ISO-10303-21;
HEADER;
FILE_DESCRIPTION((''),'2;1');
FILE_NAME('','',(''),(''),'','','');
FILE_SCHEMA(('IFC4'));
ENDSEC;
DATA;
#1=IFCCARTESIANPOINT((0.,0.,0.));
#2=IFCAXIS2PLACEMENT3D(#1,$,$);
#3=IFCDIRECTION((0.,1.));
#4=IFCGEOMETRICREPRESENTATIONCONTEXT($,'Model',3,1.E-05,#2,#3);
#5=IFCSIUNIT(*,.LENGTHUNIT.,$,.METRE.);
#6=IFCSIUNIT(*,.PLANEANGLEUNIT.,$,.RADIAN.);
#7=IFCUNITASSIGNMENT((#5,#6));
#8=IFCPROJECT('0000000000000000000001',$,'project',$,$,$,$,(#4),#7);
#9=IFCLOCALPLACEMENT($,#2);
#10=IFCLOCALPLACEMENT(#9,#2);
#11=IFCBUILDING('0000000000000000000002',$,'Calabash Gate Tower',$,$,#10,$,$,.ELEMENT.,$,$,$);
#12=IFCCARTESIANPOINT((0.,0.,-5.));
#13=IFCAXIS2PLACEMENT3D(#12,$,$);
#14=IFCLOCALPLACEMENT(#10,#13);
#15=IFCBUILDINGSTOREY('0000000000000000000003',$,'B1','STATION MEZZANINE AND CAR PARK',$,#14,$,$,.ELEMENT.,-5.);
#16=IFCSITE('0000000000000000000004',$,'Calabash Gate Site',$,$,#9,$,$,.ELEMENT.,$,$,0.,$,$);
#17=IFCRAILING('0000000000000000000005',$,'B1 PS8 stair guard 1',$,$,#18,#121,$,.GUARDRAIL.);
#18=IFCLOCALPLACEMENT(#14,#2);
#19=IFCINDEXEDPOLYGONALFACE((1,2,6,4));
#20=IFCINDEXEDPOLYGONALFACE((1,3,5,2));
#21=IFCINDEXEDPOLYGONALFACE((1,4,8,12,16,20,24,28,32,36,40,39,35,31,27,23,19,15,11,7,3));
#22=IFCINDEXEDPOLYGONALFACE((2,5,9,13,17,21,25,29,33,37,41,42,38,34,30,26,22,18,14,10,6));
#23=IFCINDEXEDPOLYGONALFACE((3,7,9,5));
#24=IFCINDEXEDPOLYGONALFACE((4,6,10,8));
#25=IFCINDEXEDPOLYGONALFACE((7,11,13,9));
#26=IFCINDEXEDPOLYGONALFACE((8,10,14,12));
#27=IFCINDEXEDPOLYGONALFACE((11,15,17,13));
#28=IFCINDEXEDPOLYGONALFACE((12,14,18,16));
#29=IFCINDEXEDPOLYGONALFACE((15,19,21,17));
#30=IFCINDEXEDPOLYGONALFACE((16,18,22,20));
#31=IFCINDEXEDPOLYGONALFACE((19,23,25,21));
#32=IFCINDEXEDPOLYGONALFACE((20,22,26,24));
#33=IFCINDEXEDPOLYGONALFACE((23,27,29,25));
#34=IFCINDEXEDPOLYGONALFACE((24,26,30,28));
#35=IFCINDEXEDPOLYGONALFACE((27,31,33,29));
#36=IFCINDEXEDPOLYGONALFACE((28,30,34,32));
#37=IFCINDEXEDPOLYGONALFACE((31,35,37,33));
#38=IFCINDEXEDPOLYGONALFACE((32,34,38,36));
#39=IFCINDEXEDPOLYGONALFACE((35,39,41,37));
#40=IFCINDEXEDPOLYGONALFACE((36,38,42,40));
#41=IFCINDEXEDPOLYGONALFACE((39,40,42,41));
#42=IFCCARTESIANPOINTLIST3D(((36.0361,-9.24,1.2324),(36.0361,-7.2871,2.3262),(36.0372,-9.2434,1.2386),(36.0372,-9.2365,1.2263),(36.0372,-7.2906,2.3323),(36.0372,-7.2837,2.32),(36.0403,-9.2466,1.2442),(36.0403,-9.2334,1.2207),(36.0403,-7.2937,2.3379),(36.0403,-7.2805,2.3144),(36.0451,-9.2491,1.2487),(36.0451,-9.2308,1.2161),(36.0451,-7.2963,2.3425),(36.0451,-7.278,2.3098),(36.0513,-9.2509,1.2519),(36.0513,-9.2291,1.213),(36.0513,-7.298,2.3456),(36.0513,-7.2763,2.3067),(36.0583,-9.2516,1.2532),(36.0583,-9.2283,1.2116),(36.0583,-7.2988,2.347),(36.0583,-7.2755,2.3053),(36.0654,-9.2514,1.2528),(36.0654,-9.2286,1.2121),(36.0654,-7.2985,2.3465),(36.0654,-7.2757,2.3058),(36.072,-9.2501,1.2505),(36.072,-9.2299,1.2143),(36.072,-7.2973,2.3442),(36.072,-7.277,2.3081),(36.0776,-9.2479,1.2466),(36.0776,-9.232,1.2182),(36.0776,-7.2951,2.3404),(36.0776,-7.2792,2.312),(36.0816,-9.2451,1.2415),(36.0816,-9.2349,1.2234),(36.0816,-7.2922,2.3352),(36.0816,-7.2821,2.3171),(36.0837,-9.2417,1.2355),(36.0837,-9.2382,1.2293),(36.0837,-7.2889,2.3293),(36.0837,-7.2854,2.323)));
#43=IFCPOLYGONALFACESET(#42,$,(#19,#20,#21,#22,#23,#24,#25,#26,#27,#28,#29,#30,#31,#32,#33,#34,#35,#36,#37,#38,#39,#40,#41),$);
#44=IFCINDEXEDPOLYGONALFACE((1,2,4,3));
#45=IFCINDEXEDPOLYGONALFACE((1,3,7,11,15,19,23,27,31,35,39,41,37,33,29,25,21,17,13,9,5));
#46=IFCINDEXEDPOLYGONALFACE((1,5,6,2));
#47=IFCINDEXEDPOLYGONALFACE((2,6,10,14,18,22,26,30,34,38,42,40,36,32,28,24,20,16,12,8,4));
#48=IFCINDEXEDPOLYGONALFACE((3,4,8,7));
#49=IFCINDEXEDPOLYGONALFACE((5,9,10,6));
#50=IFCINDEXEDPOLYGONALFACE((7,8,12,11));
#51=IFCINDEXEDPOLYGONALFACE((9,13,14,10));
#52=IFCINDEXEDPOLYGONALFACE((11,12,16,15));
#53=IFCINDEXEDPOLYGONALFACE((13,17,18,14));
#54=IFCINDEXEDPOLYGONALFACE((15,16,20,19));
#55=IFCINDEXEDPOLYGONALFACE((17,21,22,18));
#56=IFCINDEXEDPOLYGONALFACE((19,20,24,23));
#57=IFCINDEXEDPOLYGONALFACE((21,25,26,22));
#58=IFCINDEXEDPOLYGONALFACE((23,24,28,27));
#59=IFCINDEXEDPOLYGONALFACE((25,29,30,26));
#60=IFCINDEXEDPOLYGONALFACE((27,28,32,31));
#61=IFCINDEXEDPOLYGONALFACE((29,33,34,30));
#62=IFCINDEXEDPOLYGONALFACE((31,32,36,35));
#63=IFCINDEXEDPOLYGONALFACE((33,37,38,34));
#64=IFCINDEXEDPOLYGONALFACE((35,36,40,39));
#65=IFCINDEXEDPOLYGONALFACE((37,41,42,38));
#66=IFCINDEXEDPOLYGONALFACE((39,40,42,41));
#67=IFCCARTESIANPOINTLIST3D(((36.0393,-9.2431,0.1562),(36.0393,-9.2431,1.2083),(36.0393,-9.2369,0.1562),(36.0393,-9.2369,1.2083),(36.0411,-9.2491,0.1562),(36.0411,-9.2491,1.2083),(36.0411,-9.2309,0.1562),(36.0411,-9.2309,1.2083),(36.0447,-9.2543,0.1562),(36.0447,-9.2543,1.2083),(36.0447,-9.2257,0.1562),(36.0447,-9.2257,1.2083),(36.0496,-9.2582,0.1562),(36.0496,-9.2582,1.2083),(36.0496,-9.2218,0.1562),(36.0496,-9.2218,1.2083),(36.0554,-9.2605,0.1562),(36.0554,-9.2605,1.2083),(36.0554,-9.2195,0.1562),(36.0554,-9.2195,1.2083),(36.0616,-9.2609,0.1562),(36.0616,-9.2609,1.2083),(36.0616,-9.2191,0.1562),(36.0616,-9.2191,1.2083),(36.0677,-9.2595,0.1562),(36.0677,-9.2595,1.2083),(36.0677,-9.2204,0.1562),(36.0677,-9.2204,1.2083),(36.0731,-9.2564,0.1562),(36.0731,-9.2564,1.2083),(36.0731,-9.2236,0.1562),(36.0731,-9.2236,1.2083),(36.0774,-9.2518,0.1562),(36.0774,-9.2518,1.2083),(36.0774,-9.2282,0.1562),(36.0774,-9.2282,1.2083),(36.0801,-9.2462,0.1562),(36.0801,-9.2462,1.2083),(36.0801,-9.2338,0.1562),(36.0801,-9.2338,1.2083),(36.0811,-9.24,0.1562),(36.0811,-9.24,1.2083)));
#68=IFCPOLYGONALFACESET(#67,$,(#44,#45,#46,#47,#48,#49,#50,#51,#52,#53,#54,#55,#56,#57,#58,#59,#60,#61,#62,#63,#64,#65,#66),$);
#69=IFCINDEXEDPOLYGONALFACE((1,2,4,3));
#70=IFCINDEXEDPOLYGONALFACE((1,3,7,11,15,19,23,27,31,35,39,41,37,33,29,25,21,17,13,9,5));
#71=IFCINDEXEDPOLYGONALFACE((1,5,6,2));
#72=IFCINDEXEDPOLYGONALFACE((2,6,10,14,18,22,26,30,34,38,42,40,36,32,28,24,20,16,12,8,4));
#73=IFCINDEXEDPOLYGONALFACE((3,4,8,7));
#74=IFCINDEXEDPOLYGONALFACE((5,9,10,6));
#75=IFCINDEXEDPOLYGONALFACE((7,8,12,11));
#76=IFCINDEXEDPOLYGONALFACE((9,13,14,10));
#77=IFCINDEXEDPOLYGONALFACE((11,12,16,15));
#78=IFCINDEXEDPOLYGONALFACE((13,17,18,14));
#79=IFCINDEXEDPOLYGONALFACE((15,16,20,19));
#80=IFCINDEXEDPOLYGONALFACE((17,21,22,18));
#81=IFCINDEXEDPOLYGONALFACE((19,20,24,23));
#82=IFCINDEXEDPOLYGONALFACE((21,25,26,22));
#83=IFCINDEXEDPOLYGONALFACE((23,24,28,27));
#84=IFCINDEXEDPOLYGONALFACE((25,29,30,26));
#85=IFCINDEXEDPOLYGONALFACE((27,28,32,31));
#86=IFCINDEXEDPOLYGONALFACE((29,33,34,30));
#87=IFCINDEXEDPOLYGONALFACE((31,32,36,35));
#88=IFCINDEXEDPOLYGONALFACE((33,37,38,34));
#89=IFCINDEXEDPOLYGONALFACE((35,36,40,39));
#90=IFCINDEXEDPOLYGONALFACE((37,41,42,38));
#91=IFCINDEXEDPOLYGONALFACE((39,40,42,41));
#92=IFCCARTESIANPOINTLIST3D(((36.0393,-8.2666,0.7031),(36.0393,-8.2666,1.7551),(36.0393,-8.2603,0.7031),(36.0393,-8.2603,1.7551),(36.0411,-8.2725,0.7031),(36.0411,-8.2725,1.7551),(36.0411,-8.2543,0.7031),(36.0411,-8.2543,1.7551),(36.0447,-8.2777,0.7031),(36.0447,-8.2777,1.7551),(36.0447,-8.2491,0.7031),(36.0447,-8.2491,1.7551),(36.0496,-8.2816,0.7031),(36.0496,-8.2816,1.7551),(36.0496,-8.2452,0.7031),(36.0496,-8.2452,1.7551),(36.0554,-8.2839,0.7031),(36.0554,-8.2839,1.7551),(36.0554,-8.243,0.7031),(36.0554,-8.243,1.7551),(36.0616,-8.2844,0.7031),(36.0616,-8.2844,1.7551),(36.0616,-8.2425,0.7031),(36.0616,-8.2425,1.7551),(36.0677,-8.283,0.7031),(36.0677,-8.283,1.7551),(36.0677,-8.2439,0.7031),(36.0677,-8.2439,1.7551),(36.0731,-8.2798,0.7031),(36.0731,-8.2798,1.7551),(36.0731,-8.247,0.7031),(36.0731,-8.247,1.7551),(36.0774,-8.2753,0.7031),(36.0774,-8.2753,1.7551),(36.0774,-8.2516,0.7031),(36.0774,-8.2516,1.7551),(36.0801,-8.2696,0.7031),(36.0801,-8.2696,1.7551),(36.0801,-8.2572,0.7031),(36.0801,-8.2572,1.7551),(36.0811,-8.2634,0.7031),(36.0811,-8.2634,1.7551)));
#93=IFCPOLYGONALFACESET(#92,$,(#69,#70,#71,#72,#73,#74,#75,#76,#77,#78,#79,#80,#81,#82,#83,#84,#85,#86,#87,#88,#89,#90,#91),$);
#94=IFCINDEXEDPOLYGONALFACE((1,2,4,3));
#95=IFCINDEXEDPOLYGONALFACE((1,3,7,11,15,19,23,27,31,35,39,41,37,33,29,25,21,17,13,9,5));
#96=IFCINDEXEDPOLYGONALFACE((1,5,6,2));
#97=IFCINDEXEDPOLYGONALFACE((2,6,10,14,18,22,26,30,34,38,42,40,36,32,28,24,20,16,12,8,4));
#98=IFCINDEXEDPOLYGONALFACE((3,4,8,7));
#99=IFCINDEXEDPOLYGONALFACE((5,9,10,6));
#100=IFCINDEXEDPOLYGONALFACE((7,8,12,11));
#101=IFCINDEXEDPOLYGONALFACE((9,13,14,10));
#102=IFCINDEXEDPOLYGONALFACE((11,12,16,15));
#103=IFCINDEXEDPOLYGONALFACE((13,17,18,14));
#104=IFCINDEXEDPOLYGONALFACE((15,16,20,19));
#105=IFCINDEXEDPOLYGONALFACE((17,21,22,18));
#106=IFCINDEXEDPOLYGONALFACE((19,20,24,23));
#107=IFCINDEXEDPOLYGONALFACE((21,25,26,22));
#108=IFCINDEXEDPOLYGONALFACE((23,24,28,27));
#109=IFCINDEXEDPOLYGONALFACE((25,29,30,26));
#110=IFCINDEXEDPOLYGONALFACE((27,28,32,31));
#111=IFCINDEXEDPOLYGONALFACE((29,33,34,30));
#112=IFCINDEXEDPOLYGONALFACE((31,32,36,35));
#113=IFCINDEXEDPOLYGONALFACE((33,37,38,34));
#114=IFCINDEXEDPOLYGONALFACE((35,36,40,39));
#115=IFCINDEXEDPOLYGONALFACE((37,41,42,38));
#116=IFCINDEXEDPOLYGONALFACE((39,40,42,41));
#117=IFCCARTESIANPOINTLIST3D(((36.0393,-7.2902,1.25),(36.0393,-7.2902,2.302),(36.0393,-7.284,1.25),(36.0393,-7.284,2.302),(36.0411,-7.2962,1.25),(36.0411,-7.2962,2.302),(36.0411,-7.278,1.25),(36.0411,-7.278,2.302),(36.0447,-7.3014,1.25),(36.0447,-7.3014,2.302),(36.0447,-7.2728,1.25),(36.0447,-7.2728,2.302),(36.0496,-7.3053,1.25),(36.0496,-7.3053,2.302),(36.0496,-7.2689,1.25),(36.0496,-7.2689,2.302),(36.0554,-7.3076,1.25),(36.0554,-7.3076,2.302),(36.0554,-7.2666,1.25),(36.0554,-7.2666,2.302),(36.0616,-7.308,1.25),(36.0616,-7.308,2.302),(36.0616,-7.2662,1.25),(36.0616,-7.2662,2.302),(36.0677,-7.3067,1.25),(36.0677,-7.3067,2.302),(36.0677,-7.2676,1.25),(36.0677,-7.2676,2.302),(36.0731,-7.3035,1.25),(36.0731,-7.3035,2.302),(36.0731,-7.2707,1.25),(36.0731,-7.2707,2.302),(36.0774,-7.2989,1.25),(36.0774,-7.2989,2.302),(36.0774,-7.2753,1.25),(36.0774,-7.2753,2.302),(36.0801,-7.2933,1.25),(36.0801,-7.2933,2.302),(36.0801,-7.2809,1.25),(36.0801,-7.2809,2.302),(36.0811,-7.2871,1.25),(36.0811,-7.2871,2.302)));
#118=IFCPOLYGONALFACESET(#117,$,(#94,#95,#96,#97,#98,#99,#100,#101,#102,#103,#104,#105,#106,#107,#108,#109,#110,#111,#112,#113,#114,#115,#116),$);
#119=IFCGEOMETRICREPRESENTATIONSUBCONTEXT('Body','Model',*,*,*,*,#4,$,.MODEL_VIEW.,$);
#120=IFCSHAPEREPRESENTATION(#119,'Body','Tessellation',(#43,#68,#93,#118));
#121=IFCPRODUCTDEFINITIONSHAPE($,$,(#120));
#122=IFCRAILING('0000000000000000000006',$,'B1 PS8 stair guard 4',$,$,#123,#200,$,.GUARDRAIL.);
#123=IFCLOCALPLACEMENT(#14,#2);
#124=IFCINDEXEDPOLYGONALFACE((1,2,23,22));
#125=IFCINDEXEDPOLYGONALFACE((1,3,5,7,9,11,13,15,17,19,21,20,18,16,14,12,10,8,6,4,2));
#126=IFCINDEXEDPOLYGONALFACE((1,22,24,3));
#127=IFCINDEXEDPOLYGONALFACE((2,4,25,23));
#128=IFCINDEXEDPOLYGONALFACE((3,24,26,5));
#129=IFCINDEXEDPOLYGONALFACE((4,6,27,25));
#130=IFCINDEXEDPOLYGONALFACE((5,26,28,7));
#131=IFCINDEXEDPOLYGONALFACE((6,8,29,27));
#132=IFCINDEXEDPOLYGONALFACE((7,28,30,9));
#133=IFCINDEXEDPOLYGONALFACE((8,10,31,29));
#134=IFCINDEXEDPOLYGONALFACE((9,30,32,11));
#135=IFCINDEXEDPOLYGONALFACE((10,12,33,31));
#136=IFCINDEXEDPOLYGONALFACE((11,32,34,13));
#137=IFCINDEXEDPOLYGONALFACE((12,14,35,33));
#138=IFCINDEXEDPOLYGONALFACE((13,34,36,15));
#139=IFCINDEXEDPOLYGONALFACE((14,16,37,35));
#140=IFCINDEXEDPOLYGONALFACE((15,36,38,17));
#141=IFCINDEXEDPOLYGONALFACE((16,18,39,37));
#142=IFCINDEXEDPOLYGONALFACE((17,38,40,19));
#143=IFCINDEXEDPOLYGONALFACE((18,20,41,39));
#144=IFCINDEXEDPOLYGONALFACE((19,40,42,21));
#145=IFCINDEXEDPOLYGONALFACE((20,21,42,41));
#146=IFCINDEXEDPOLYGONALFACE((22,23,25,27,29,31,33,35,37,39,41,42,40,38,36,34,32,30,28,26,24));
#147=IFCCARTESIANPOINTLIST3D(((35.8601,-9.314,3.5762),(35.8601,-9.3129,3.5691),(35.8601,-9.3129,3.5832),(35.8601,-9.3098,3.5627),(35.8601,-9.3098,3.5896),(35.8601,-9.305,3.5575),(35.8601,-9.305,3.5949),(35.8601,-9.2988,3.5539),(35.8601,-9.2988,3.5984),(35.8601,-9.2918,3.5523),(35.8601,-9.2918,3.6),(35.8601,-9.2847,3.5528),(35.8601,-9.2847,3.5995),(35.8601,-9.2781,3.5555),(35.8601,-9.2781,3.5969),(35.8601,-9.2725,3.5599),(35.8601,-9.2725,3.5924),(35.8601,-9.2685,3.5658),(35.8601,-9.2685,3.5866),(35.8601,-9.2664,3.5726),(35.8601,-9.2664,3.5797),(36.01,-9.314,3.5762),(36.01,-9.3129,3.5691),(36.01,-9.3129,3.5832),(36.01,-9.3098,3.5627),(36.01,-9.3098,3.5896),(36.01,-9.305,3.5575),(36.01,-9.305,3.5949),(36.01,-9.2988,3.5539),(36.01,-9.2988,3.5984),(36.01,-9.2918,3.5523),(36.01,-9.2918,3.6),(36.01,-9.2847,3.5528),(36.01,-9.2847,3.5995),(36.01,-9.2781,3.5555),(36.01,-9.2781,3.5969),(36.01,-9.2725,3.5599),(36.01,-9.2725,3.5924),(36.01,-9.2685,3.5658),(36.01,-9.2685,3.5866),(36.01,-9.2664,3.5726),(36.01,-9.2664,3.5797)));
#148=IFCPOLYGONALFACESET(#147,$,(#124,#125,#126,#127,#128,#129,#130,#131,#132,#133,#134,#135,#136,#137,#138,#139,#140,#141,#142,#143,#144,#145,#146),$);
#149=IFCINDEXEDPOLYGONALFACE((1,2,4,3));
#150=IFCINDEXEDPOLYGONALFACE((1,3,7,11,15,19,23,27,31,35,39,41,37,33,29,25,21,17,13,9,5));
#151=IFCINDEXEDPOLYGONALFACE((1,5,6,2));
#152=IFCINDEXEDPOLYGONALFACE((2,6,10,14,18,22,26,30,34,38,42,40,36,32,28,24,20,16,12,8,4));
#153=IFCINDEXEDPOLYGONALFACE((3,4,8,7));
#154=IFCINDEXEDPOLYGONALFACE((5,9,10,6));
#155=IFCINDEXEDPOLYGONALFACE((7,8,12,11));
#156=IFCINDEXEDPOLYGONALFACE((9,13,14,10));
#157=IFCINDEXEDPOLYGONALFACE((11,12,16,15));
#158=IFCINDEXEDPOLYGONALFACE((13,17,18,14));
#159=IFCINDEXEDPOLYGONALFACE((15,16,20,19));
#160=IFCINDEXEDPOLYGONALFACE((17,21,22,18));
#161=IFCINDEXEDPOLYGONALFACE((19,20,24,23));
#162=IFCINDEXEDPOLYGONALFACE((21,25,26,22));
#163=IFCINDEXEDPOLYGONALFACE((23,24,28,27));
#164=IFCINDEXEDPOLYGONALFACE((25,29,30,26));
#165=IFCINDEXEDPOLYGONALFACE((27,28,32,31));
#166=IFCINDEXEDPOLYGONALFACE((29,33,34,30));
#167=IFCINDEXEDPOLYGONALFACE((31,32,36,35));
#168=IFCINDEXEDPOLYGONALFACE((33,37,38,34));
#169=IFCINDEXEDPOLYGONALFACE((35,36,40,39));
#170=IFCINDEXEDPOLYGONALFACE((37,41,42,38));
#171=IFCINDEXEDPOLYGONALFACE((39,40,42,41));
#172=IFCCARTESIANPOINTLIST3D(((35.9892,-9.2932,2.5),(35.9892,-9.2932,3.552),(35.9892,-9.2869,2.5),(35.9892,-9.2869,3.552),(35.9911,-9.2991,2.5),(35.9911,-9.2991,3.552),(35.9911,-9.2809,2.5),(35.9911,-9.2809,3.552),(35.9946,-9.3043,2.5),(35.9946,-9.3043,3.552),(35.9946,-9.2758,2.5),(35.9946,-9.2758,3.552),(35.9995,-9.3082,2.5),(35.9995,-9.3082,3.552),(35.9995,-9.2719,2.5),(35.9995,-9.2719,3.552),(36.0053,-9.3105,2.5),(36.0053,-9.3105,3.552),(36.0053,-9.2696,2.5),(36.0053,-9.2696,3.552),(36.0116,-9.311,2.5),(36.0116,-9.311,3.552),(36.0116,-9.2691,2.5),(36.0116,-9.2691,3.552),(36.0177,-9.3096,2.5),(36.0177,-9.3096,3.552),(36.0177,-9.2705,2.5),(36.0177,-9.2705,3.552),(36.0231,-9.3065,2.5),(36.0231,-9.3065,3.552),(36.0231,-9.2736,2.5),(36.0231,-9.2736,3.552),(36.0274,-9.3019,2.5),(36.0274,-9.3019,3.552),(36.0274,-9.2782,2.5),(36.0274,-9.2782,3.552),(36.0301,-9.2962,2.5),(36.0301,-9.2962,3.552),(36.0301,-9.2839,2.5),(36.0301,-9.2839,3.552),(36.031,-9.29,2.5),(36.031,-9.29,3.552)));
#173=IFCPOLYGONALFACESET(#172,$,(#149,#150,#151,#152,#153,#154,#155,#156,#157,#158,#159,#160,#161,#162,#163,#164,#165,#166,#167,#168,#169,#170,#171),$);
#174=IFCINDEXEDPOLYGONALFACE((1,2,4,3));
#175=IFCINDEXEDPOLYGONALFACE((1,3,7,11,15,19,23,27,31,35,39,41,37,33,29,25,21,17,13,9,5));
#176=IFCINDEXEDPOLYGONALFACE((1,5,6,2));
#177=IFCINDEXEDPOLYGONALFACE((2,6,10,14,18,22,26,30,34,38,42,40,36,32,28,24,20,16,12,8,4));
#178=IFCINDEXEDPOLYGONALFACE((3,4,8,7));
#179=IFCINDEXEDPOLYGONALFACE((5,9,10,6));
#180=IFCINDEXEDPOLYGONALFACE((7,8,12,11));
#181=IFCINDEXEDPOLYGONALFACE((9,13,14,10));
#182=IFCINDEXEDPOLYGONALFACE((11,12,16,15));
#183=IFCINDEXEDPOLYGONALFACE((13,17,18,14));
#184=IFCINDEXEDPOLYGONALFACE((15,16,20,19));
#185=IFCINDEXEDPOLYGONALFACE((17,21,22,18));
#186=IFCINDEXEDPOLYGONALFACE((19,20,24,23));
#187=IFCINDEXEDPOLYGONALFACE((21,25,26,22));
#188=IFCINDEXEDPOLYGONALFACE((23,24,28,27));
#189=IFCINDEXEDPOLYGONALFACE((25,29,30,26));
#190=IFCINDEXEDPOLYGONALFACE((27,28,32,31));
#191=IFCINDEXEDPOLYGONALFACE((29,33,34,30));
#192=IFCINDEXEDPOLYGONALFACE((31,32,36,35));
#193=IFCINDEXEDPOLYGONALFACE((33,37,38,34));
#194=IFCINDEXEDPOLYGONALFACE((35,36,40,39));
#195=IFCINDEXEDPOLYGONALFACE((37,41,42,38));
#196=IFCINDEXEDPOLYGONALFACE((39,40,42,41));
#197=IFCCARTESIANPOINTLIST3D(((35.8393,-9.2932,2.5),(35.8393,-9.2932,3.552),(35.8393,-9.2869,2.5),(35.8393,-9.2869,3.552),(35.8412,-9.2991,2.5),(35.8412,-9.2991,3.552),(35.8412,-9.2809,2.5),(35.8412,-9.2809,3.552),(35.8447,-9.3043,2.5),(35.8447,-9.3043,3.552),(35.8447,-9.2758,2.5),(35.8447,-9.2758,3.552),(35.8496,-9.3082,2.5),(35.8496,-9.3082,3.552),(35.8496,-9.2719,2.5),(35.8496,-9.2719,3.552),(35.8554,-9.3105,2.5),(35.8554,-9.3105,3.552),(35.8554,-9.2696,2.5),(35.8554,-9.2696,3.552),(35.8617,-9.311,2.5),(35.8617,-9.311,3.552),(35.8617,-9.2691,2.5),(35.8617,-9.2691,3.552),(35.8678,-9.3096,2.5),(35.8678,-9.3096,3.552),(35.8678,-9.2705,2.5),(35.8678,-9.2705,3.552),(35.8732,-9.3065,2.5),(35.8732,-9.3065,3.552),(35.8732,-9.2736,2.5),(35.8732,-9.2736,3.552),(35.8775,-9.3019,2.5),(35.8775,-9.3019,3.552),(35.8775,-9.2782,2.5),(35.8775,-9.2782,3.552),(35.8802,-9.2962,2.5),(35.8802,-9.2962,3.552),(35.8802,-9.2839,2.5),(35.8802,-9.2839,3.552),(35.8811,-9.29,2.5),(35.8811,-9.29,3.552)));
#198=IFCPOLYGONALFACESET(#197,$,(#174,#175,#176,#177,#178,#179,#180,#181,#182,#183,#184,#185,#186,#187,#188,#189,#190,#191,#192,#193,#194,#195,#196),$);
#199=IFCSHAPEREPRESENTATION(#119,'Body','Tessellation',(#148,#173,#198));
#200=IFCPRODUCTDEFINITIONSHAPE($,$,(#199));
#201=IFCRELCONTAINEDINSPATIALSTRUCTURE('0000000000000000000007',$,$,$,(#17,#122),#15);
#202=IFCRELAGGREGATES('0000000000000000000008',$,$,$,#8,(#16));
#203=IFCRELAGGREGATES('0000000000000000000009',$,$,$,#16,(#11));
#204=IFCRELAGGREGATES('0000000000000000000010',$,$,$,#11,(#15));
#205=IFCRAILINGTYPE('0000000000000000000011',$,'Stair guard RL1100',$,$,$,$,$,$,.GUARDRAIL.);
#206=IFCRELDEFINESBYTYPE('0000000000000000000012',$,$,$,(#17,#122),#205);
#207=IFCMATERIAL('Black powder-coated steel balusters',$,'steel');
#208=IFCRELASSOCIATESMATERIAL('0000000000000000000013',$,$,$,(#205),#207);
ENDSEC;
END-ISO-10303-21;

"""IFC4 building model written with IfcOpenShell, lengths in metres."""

from ifc_helpers import new_model, si_unit, direction, frame, origin, origin_2d, place, context, subcontext, project, spatial, circle, extrude, material, type_object, element, save


model = new_model("IFC4")

# Units and contexts
model_context = context("Model", 3, precision=1e-05, world=origin(), true_north=direction((0.0, 1.0)))
body_context = subcontext(model_context, "Body", "Model", "MODEL_VIEW")
ifc_project = project(units=[si_unit("LENGTHUNIT", "METRE"), si_unit("PLANEANGLEUNIT", "RADIAN")], contexts=[model_context])

# Site, building, storey
site_placement = place(None, origin())
site = spatial("IfcSite", under=ifc_project, at=site_placement, Name="Calabash Gate Site", CompositionType="ELEMENT", RefElevation=0.0)
building_placement = place(site_placement, origin())
building = spatial("IfcBuilding", under=site, at=building_placement, Name="Calabash Gate Tower", CompositionType="ELEMENT")
storey_placement = place(building_placement, frame((0.0, 0.0, -5.0)))
storey = spatial("IfcBuildingStorey", under=building, at=storey_placement, Name="B1", Description="STATION MEZZANINE AND CAR PARK", CompositionType="ELEMENT", Elevation=-5.0)

# Railings
ifc_material_1 = material(Name="Black powder-coated steel balusters", Category="steel")
railing_type = type_object("IfcRailingType", Name="Stair guard RL1100", PredefinedType="GUARDRAIL", material=ifc_material_1)
railing_placement = place(storey_placement, frame((36.0601, -9.24, 0.1562)))
element("IfcRailing", 1, at=railing_placement, inside=storey, type_object=railing_type, Name="B1 PS8 stair guard 1", PredefinedType="GUARDRAIL", context=body_context, shape_type="SweptSolid", body=[
    extrude(circle(Radius=0.0239, at=origin_2d()), frame((0.0, 0.0, 1.0762), z_axis=(0.0, 0.87248, 0.48865), x_axis=(-1.0, 0.0, 0.0)), (0.0, 0.0, 1.0), 2.2383),
    extrude(circle(Radius=0.021, at=origin_2d()), origin(), (0.0, 0.0, 1.0), 1.052),
    extrude(circle(Radius=0.021, at=origin_2d()), frame((0.0, 0.9766, 0.5469)), (0.0, 0.0, 1.0), 1.052),
    extrude(circle(Radius=0.021, at=origin_2d()), frame((0.0, 1.9529, 1.0938)), (0.0, 0.0, 1.0), 1.052),
])
for number, where, name in (
    (2, (36.01, -9.29, 2.5), "B1 PS8 stair guard 4"),
):
    element("IfcRailing", number, at=place(storey_placement, frame(where)), inside=storey, type_object=railing_type, Name=name, PredefinedType="GUARDRAIL", context=body_context, shape_type="SweptSolid", body=[
        extrude(circle(Radius=0.0239, at=origin_2d()), frame((0.0, 0.0, 1.0762), z_axis=(-1.0, 0.0, 0.0), x_axis=(0.0, -1.0, 0.0)), (0.0, 0.0, 1.0), 0.1499),
        extrude(circle(Radius=0.021, at=origin_2d()), origin(), (0.0, 0.0, 1.0), 1.052),
        extrude(circle(Radius=0.021, at=origin_2d()), frame((-0.1499, 0.0, 0.0)), (0.0, 0.0, 1.0), 1.052),
    ])

save(model, "model.ifc")
